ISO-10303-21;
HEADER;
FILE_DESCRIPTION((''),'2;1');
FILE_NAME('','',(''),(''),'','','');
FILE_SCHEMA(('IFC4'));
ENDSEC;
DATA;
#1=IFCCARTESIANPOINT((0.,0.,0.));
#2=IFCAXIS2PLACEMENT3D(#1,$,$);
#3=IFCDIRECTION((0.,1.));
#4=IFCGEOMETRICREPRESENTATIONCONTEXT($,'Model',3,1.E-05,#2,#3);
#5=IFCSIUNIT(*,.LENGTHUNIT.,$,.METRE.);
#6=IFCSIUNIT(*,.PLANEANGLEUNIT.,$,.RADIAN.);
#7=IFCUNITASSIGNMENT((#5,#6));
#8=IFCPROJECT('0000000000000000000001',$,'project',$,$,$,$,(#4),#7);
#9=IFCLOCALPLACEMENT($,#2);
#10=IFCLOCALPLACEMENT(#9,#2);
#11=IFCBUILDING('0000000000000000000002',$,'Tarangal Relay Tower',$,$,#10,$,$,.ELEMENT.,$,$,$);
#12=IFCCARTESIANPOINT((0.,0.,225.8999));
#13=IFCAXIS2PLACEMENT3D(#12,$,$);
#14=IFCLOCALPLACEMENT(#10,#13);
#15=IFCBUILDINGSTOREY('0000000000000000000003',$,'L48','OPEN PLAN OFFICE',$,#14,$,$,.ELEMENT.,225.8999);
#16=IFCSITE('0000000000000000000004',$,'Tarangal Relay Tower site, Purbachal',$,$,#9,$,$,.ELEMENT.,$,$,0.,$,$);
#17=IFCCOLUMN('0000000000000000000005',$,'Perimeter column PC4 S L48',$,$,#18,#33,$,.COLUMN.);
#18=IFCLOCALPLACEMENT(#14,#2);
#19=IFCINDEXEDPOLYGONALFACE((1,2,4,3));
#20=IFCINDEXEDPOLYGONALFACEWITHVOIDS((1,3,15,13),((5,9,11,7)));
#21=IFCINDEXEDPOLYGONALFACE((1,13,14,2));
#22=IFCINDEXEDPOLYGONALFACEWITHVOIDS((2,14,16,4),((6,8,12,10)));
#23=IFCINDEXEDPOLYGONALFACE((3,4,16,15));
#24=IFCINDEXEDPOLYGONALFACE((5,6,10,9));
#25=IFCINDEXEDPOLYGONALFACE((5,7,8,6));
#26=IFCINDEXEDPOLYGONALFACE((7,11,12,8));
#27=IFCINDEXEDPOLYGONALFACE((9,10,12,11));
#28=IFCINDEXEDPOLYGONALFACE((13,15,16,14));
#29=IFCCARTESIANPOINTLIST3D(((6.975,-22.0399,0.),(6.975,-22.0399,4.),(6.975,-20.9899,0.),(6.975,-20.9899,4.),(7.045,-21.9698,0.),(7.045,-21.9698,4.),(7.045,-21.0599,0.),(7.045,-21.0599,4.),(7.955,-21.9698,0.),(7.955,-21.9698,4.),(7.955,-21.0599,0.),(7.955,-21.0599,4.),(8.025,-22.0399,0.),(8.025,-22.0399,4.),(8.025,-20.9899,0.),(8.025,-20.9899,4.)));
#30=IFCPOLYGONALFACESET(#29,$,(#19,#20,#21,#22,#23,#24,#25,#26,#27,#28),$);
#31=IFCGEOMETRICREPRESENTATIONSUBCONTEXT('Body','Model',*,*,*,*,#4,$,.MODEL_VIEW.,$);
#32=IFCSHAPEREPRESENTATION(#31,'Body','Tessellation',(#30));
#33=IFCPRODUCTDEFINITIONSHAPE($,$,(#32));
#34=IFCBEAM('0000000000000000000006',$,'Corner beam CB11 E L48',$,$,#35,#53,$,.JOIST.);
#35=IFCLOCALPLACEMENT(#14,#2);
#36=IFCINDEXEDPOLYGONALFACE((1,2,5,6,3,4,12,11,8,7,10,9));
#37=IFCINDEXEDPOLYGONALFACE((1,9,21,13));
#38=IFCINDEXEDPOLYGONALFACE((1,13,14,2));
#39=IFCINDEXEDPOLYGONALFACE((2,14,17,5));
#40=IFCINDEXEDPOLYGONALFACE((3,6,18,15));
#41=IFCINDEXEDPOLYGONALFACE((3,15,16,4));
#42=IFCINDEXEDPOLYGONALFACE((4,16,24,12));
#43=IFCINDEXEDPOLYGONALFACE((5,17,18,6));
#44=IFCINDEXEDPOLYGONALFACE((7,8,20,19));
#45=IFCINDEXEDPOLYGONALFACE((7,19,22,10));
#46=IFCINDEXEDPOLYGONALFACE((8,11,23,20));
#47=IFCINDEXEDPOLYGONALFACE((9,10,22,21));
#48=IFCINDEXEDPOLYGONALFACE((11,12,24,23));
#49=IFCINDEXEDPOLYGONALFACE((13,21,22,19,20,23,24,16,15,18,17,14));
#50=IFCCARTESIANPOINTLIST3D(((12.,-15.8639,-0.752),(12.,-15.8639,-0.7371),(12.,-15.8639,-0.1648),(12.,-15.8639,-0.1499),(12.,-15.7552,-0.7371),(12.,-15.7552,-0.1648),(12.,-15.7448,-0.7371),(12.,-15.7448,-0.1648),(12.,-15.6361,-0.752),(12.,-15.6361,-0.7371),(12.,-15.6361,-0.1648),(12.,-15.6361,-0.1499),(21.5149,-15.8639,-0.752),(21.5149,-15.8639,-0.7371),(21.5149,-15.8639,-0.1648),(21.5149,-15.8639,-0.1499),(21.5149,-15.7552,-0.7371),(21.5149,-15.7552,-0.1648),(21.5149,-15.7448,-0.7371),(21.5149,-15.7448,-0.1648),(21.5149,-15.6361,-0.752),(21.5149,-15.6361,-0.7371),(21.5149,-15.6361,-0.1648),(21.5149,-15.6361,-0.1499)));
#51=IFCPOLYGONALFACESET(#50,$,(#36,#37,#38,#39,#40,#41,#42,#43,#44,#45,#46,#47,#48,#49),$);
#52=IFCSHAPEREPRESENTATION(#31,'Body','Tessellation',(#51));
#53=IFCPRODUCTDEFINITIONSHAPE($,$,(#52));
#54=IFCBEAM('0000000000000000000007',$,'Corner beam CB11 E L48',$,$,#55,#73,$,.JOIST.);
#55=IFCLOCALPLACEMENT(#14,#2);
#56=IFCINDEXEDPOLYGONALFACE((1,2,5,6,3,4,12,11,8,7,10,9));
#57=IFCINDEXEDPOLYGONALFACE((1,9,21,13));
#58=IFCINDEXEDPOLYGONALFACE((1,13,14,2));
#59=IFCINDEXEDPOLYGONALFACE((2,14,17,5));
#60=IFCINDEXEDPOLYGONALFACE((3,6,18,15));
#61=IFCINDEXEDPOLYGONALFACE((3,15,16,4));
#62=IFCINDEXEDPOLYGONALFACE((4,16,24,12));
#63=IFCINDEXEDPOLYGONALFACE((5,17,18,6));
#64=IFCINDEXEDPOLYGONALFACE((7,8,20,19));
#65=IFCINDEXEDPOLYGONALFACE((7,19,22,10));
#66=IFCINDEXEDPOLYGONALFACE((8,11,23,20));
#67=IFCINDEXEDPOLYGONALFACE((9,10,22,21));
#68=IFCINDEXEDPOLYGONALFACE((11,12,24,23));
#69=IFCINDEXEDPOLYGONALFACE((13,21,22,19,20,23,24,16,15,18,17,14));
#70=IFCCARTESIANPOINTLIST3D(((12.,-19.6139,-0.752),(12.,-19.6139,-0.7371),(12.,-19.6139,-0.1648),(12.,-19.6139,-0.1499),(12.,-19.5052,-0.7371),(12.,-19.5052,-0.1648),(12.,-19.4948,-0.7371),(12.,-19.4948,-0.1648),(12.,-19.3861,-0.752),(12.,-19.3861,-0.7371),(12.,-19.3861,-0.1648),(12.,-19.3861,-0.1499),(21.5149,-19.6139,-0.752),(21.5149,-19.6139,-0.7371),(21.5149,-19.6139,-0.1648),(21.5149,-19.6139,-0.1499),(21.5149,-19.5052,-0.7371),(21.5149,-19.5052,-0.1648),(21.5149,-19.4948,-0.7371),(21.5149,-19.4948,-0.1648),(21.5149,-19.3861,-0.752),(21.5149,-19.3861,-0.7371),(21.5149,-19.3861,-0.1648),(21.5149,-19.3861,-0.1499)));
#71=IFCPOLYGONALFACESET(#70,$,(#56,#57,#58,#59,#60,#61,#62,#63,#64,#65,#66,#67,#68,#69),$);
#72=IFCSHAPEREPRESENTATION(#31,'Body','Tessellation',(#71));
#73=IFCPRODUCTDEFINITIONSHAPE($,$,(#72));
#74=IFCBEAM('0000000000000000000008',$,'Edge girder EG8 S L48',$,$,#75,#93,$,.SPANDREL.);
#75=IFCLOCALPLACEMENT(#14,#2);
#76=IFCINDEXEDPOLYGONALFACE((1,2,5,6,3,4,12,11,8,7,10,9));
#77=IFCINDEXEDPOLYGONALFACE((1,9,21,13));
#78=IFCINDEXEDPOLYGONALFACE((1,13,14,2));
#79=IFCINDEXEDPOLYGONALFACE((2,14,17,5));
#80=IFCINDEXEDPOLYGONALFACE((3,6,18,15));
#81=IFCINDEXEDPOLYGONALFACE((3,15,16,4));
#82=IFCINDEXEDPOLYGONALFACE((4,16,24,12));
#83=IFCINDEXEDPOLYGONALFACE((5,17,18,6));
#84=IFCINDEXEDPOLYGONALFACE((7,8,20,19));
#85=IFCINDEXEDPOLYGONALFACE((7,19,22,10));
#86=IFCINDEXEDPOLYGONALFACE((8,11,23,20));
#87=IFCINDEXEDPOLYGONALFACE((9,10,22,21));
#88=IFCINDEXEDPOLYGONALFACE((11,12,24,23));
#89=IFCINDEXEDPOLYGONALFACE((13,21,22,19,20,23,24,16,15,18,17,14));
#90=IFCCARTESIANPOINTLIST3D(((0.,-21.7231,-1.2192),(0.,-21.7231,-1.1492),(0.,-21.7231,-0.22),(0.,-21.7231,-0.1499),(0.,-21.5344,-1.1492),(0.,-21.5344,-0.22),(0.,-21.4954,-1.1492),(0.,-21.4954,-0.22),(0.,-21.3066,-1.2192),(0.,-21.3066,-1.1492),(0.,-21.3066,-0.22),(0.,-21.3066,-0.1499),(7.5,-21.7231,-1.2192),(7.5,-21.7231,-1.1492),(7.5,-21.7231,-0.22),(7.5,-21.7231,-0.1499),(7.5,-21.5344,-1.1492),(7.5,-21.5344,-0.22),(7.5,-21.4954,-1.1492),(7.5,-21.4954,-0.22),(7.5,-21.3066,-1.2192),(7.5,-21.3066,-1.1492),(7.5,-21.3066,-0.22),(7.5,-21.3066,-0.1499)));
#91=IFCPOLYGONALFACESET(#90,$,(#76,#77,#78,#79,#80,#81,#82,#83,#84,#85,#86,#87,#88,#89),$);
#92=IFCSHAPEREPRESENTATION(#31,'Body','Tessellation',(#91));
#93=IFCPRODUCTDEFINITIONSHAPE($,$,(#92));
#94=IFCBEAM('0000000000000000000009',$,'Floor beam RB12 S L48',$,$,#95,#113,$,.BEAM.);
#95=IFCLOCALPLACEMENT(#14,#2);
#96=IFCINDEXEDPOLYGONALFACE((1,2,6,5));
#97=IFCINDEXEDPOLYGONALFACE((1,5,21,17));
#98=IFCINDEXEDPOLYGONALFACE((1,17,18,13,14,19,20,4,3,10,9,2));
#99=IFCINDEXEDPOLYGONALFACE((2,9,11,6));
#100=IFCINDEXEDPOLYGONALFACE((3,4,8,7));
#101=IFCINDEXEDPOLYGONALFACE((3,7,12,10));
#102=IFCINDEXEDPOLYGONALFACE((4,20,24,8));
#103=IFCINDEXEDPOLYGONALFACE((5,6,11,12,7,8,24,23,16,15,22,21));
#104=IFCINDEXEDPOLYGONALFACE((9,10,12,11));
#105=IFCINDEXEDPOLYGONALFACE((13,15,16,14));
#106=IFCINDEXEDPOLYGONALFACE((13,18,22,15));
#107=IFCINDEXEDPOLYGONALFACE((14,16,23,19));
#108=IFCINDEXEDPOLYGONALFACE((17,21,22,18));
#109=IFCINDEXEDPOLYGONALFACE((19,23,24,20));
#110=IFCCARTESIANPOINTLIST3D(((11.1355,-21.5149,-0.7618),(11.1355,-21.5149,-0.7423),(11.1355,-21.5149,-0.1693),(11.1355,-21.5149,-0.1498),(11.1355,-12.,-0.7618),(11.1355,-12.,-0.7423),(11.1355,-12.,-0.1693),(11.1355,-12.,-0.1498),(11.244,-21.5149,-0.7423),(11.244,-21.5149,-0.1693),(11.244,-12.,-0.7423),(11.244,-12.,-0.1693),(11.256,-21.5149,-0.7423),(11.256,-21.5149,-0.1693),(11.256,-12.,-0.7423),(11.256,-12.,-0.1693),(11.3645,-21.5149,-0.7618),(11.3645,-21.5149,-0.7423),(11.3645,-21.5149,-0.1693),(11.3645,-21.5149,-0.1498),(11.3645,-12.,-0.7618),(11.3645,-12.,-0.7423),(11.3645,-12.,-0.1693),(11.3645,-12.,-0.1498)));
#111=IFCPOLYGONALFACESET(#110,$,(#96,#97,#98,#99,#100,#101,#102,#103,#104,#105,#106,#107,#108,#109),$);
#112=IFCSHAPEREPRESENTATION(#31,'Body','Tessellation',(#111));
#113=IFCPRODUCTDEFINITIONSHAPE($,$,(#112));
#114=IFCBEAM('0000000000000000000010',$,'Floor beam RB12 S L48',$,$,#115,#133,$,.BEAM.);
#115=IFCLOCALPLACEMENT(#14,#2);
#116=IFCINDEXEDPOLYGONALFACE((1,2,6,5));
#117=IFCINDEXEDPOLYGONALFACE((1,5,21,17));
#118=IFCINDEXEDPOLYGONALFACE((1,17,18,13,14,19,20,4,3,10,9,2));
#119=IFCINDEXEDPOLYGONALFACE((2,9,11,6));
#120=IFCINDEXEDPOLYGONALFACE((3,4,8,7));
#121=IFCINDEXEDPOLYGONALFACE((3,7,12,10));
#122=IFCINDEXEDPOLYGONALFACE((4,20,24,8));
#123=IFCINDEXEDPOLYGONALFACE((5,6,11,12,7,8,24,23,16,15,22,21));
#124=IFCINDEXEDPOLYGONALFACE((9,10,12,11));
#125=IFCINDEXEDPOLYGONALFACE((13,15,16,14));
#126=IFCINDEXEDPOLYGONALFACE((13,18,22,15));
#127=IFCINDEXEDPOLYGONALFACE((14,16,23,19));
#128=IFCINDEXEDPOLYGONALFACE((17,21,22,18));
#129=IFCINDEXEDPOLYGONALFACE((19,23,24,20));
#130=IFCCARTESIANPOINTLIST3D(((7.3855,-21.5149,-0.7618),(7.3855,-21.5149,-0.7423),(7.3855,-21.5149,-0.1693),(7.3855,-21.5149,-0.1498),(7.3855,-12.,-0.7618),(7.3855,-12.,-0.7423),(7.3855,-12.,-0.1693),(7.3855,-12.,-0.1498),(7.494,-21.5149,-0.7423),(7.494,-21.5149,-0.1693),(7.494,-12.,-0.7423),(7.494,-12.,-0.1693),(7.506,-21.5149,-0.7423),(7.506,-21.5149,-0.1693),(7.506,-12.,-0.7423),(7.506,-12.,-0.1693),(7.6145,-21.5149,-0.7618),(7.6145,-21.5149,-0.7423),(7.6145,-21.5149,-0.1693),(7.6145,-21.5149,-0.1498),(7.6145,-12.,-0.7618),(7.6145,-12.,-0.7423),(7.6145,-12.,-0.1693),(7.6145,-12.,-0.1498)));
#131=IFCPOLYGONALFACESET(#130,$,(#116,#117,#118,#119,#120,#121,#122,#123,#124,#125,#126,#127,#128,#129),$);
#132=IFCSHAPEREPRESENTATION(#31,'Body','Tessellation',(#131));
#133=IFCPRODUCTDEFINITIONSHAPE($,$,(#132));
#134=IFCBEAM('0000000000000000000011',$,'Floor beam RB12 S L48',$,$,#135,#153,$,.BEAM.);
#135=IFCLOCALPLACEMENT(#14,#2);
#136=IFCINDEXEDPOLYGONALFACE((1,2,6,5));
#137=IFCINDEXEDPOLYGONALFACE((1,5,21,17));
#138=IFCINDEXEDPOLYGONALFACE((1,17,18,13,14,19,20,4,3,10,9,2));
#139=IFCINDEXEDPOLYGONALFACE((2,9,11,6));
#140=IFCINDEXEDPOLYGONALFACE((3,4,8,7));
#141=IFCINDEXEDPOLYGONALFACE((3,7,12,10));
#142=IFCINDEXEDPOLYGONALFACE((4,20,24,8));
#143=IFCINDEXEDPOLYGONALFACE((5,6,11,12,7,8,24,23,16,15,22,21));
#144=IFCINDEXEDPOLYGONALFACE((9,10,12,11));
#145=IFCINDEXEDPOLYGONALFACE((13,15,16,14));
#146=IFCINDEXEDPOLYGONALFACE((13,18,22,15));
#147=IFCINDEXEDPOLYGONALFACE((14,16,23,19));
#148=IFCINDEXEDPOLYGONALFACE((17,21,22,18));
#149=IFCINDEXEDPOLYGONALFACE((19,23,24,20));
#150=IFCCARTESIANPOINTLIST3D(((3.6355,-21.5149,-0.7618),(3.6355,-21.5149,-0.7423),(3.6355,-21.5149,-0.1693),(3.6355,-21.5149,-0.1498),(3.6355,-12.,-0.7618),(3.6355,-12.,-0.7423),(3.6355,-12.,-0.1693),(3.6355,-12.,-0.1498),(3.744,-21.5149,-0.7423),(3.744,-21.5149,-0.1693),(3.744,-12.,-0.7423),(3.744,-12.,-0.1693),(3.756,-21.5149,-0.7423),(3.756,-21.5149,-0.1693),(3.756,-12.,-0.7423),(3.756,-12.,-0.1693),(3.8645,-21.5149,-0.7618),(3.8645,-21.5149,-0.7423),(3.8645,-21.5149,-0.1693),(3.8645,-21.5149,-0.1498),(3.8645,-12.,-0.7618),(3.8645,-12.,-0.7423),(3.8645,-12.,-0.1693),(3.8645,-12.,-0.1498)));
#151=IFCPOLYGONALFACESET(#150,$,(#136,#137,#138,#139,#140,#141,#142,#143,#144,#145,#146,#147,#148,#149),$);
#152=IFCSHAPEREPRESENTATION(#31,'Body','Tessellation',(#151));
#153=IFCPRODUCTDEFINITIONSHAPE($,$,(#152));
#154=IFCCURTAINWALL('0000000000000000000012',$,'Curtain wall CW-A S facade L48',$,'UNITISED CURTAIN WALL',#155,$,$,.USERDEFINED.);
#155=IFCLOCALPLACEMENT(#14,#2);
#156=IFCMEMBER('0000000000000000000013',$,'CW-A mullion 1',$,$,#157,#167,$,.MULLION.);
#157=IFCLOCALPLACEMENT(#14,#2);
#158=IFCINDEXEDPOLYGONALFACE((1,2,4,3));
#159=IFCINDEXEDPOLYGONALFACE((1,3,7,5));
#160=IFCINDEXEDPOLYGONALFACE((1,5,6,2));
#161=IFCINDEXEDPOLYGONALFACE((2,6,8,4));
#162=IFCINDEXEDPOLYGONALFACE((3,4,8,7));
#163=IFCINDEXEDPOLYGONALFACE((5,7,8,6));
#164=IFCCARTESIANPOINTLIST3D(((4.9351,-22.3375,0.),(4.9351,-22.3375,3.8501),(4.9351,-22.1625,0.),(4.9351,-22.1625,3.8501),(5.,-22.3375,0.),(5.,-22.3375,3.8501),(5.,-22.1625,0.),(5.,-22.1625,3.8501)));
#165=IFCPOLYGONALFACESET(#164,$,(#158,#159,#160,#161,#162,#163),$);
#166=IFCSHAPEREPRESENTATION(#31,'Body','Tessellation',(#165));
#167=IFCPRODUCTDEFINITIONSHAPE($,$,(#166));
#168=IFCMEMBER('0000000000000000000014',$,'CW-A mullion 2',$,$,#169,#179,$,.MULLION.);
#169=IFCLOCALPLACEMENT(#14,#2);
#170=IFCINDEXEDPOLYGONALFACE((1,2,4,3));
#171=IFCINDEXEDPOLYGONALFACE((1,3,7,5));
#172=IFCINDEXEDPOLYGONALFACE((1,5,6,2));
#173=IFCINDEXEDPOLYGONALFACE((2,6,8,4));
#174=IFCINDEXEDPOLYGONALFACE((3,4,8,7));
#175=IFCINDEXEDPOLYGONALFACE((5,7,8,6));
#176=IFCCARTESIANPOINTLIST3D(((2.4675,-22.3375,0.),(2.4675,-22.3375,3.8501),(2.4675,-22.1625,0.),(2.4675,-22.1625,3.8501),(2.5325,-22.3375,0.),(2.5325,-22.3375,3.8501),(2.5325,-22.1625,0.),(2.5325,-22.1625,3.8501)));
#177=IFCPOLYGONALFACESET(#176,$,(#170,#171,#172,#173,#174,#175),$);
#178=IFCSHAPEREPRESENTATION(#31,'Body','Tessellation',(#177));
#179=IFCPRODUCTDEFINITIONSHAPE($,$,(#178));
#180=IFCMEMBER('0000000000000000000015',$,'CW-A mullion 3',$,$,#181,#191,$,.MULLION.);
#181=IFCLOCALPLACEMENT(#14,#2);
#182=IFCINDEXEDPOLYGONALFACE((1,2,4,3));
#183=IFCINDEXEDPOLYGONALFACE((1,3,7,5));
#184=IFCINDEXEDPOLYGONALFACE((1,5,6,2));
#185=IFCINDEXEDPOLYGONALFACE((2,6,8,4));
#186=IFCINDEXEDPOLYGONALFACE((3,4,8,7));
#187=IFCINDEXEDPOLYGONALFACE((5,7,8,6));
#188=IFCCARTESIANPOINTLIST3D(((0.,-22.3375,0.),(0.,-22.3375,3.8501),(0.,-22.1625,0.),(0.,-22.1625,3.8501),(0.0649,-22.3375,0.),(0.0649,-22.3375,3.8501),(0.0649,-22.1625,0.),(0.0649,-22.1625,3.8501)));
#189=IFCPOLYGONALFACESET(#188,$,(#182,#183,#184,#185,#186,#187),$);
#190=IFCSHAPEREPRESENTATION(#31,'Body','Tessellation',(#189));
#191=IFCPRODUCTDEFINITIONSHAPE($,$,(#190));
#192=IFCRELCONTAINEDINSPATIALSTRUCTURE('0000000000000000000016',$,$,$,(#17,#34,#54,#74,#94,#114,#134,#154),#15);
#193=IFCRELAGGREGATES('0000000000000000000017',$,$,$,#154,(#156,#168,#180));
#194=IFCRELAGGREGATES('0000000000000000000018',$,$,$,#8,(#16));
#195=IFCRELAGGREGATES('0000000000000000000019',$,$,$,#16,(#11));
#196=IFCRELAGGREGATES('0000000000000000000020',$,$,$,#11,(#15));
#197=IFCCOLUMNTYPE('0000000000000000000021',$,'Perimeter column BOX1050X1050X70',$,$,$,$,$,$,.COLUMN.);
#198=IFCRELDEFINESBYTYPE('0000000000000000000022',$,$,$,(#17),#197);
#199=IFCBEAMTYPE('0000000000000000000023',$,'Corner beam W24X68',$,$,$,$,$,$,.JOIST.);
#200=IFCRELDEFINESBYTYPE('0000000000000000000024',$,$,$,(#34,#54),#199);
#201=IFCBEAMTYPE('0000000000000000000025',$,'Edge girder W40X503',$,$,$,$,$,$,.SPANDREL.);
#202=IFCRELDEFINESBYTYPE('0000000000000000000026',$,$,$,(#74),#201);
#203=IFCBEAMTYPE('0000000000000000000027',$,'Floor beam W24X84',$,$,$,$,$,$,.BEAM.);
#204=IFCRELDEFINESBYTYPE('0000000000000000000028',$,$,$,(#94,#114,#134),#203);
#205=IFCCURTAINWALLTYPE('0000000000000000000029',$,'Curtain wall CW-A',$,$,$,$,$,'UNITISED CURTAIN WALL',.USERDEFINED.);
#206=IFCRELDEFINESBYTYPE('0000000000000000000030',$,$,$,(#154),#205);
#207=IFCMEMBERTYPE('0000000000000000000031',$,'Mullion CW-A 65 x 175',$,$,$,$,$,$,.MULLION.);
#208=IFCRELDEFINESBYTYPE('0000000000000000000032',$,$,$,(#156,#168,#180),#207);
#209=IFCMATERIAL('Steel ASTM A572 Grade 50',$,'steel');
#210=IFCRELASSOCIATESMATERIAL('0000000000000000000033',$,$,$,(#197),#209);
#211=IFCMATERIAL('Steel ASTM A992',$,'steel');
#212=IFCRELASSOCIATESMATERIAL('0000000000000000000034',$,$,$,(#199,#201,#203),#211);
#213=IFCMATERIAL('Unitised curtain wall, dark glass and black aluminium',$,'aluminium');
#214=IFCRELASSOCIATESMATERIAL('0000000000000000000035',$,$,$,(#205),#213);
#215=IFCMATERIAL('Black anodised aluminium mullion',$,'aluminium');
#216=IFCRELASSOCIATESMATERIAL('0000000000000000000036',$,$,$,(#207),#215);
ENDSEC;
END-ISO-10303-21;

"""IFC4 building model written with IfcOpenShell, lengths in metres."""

from ifc_helpers import new_model, si_unit, direction, frame, origin, origin_2d, place, context, subcontext, project, spatial, rectangle, hollow_rectangle, i_section, extrude, material, material_profile, profile_set, type_object, element, aggregate, save


model = new_model("IFC4")

# Units and contexts
model_context = context("Model", 3, precision=1e-05, world=origin(), true_north=direction((0.0, 1.0)))
body_context = subcontext(model_context, "Body", "Model", "MODEL_VIEW")
ifc_project = project(units=[si_unit("LENGTHUNIT", "METRE"), si_unit("PLANEANGLEUNIT", "RADIAN")], contexts=[model_context])

# Site, building, storey
site_placement = place(None, origin())
site = spatial("IfcSite", under=ifc_project, at=site_placement, Name="Tarangal Relay Tower site, Purbachal", CompositionType="ELEMENT", RefElevation=0.0)
building_placement = place(site_placement, origin())
building = spatial("IfcBuilding", under=site, at=building_placement, Name="Tarangal Relay Tower", CompositionType="ELEMENT")
storey_placement = place(building_placement, frame((0.0, 0.0, 225.8999)))
storey = spatial("IfcBuildingStorey", under=building, at=storey_placement, Name="L48", Description="OPEN PLAN OFFICE", CompositionType="ELEMENT", Elevation=225.8999)

# Column
ifc_material_1 = material(Name="Steel ASTM A572 Grade 50", Category="steel")
ifc_material_profile_1 = material_profile(ifc_material_1, hollow_rectangle(XDim=1.05, YDim=1.05, WallThickness=0.0701, at=origin_2d()), Name="BOX1050X1050X70")
ifc_profile_set_1 = profile_set([ifc_material_profile_1], Name="Steel ASTM A572 Grade 50")
column_type = type_object("IfcColumnType", Name="Perimeter column BOX1050X1050X70", PredefinedType="COLUMN", material=ifc_profile_set_1)
column_placement = place(storey_placement, frame((7.5, -21.5149, 0.0), z_axis=(0.0, 0.0, 1.0), x_axis=(1.0, 0.0, 0.0)))
element("IfcColumn", 1, at=column_placement, inside=storey, type_object=column_type, Name="Perimeter column PC4 S L48", PredefinedType="COLUMN", context=body_context, shape_type="SweptSolid", body=[
    extrude(hollow_rectangle(XDim=1.05, YDim=1.05, WallThickness=0.0701, at=origin_2d()), origin(), (0.0, 0.0, 1.0), 4.0),
])

# Beams
ifc_material_2 = material(Name="Steel ASTM A992", Category="steel")
ifc_material_profile_2 = material_profile(ifc_material_2, i_section(OverallWidth=0.2278, OverallDepth=0.6021, WebThickness=0.0105, FlangeThickness=0.0149, at=origin_2d()), Name="W24X68")
ifc_profile_set_2 = profile_set([ifc_material_profile_2], Name="Steel ASTM A992")
beam_type_1 = type_object("IfcBeamType", Name="Corner beam W24X68", PredefinedType="JOIST", material=ifc_profile_set_2)
for number, where, z_axis, x_axis, name in (
    (2, (12.0, -15.75, -0.4509), (1.0, 0.0, 0.0), (0.0, 1.0, 0.0), "Corner beam CB11 E L48"),
    (3, (12.0, -19.5, -0.4509), (1.0, 0.0, 0.0), (0.0, 1.0, 0.0), "Corner beam CB11 E L48"),
):
    element("IfcBeam", number, at=place(storey_placement, frame(where, z_axis=z_axis, x_axis=x_axis)), inside=storey, type_object=beam_type_1, Name=name, PredefinedType="JOIST", context=body_context, shape_type="SweptSolid", body=[
        extrude(i_section(OverallWidth=0.2278, OverallDepth=0.6021, WebThickness=0.0105, FlangeThickness=0.0149, at=origin_2d()), origin(), (0.0, 0.0, 1.0), 9.5149),
    ])
ifc_material_profile_3 = material_profile(ifc_material_2, i_section(OverallWidth=0.4165, OverallDepth=1.0693, WebThickness=0.0391, FlangeThickness=0.0701, at=origin_2d()), Name="W40X503")
ifc_profile_set_3 = profile_set([ifc_material_profile_3], Name="Steel ASTM A992")
beam_type_2 = type_object("IfcBeamType", Name="Edge girder W40X503", PredefinedType="SPANDREL", material=ifc_profile_set_3)
beam_placement = place(storey_placement, frame((7.5, -21.5149, -0.6846), z_axis=(-1.0, 0.0, 0.0), x_axis=(0.0, -1.0, 0.0)))
element("IfcBeam", 4, at=beam_placement, inside=storey, type_object=beam_type_2, Name="Edge girder EG8 S L48", PredefinedType="SPANDREL", context=body_context, shape_type="SweptSolid", body=[
    extrude(i_section(OverallWidth=0.4165, OverallDepth=1.0693, WebThickness=0.0391, FlangeThickness=0.0701, at=origin_2d()), origin(), (0.0, 0.0, 1.0), 7.5),
])
ifc_material_profile_4 = material_profile(ifc_material_2, i_section(OverallWidth=0.229, OverallDepth=0.6121, WebThickness=0.012, FlangeThickness=0.0195, at=origin_2d()), Name="W24X84")
ifc_profile_set_4 = profile_set([ifc_material_profile_4], Name="Steel ASTM A992")
beam_type_3 = type_object("IfcBeamType", Name="Floor beam W24X84", PredefinedType="BEAM", material=ifc_profile_set_4)
for number, where, z_axis, x_axis, name in (
    (5, (11.25, -12.0, -0.4558), (0.0, -1.0, 0.0), (1.0, 0.0, 0.0), "Floor beam RB12 S L48"),
    (6, (7.5, -12.0, -0.4558), (0.0, -1.0, 0.0), (1.0, 0.0, 0.0), "Floor beam RB12 S L48"),
    (7, (3.75, -12.0, -0.4558), (0.0, -1.0, 0.0), (1.0, 0.0, 0.0), "Floor beam RB12 S L48"),
):
    element("IfcBeam", number, at=place(storey_placement, frame(where, z_axis=z_axis, x_axis=x_axis)), inside=storey, type_object=beam_type_3, Name=name, PredefinedType="BEAM", context=body_context, shape_type="SweptSolid", body=[
        extrude(i_section(OverallWidth=0.229, OverallDepth=0.6121, WebThickness=0.012, FlangeThickness=0.0195, at=origin_2d()), origin(), (0.0, 0.0, 1.0), 9.5149),
    ])

# Curtain wall, members
ifc_material_3 = material(Name="Unitised curtain wall, dark glass and black aluminium", Category="aluminium")
curtain_wall_type_1 = type_object("IfcCurtainWallType", Name="Curtain wall CW-A", ElementType="UNITISED CURTAIN WALL", PredefinedType="USERDEFINED", material=ifc_material_3)
curtain_wall_1_placement = place(storey_placement, origin())
curtain_wall_1 = element("IfcCurtainWall", 8, at=curtain_wall_1_placement, inside=storey, type_object=curtain_wall_type_1, Name="Curtain wall CW-A S facade L48", ObjectType="UNITISED CURTAIN WALL", PredefinedType="USERDEFINED")
ifc_material_4 = material(Name="Black anodised aluminium mullion", Category="aluminium")
ifc_material_profile_5 = material_profile(ifc_material_4, rectangle(XDim=0.175, YDim=0.0649, at=origin_2d()), Name="CW-AM 65X175")
ifc_profile_set_5 = profile_set([ifc_material_profile_5], Name="Black anodised aluminium mullion")
member_type_1 = type_object("IfcMemberType", Name="Mullion CW-A 65 x 175", PredefinedType="MULLION", material=ifc_profile_set_5)
member_1_placement = place(storey_placement, frame((4.9675, -22.25, 0.0), z_axis=(0.0, 0.0, 1.0), x_axis=(0.0, -1.0, 0.0)))
member_1 = element("IfcMember", 9, at=member_1_placement, type_object=member_type_1, Name="CW-A mullion 1", PredefinedType="MULLION", context=body_context, shape_type="SweptSolid", body=[
    extrude(rectangle(XDim=0.175, YDim=0.0649, at=origin_2d()), origin(), (0.0, 0.0, 1.0), 3.8501),
])
member_2_placement = place(storey_placement, frame((2.5, -22.25, 0.0), z_axis=(0.0, 0.0, 1.0), x_axis=(0.0, -1.0, 0.0)))
member_2 = element("IfcMember", 10, at=member_2_placement, type_object=member_type_1, Name="CW-A mullion 2", PredefinedType="MULLION", context=body_context, shape_type="SweptSolid", body=[
    extrude(rectangle(XDim=0.175, YDim=0.0649, at=origin_2d()), origin(), (0.0, 0.0, 1.0), 3.8501),
])
member_3_placement = place(storey_placement, frame((0.0325, -22.25, 0.0), z_axis=(0.0, 0.0, 1.0), x_axis=(0.0, -1.0, 0.0)))
member_3 = element("IfcMember", 11, at=member_3_placement, type_object=member_type_1, Name="CW-A mullion 3", PredefinedType="MULLION", context=body_context, shape_type="SweptSolid", body=[
    extrude(rectangle(XDim=0.175, YDim=0.0649, at=origin_2d()), origin(), (0.0, 0.0, 1.0), 3.8501),
])

aggregate(curtain_wall_1, [member_1, member_2, member_3])

save(model, "model.ifc")
